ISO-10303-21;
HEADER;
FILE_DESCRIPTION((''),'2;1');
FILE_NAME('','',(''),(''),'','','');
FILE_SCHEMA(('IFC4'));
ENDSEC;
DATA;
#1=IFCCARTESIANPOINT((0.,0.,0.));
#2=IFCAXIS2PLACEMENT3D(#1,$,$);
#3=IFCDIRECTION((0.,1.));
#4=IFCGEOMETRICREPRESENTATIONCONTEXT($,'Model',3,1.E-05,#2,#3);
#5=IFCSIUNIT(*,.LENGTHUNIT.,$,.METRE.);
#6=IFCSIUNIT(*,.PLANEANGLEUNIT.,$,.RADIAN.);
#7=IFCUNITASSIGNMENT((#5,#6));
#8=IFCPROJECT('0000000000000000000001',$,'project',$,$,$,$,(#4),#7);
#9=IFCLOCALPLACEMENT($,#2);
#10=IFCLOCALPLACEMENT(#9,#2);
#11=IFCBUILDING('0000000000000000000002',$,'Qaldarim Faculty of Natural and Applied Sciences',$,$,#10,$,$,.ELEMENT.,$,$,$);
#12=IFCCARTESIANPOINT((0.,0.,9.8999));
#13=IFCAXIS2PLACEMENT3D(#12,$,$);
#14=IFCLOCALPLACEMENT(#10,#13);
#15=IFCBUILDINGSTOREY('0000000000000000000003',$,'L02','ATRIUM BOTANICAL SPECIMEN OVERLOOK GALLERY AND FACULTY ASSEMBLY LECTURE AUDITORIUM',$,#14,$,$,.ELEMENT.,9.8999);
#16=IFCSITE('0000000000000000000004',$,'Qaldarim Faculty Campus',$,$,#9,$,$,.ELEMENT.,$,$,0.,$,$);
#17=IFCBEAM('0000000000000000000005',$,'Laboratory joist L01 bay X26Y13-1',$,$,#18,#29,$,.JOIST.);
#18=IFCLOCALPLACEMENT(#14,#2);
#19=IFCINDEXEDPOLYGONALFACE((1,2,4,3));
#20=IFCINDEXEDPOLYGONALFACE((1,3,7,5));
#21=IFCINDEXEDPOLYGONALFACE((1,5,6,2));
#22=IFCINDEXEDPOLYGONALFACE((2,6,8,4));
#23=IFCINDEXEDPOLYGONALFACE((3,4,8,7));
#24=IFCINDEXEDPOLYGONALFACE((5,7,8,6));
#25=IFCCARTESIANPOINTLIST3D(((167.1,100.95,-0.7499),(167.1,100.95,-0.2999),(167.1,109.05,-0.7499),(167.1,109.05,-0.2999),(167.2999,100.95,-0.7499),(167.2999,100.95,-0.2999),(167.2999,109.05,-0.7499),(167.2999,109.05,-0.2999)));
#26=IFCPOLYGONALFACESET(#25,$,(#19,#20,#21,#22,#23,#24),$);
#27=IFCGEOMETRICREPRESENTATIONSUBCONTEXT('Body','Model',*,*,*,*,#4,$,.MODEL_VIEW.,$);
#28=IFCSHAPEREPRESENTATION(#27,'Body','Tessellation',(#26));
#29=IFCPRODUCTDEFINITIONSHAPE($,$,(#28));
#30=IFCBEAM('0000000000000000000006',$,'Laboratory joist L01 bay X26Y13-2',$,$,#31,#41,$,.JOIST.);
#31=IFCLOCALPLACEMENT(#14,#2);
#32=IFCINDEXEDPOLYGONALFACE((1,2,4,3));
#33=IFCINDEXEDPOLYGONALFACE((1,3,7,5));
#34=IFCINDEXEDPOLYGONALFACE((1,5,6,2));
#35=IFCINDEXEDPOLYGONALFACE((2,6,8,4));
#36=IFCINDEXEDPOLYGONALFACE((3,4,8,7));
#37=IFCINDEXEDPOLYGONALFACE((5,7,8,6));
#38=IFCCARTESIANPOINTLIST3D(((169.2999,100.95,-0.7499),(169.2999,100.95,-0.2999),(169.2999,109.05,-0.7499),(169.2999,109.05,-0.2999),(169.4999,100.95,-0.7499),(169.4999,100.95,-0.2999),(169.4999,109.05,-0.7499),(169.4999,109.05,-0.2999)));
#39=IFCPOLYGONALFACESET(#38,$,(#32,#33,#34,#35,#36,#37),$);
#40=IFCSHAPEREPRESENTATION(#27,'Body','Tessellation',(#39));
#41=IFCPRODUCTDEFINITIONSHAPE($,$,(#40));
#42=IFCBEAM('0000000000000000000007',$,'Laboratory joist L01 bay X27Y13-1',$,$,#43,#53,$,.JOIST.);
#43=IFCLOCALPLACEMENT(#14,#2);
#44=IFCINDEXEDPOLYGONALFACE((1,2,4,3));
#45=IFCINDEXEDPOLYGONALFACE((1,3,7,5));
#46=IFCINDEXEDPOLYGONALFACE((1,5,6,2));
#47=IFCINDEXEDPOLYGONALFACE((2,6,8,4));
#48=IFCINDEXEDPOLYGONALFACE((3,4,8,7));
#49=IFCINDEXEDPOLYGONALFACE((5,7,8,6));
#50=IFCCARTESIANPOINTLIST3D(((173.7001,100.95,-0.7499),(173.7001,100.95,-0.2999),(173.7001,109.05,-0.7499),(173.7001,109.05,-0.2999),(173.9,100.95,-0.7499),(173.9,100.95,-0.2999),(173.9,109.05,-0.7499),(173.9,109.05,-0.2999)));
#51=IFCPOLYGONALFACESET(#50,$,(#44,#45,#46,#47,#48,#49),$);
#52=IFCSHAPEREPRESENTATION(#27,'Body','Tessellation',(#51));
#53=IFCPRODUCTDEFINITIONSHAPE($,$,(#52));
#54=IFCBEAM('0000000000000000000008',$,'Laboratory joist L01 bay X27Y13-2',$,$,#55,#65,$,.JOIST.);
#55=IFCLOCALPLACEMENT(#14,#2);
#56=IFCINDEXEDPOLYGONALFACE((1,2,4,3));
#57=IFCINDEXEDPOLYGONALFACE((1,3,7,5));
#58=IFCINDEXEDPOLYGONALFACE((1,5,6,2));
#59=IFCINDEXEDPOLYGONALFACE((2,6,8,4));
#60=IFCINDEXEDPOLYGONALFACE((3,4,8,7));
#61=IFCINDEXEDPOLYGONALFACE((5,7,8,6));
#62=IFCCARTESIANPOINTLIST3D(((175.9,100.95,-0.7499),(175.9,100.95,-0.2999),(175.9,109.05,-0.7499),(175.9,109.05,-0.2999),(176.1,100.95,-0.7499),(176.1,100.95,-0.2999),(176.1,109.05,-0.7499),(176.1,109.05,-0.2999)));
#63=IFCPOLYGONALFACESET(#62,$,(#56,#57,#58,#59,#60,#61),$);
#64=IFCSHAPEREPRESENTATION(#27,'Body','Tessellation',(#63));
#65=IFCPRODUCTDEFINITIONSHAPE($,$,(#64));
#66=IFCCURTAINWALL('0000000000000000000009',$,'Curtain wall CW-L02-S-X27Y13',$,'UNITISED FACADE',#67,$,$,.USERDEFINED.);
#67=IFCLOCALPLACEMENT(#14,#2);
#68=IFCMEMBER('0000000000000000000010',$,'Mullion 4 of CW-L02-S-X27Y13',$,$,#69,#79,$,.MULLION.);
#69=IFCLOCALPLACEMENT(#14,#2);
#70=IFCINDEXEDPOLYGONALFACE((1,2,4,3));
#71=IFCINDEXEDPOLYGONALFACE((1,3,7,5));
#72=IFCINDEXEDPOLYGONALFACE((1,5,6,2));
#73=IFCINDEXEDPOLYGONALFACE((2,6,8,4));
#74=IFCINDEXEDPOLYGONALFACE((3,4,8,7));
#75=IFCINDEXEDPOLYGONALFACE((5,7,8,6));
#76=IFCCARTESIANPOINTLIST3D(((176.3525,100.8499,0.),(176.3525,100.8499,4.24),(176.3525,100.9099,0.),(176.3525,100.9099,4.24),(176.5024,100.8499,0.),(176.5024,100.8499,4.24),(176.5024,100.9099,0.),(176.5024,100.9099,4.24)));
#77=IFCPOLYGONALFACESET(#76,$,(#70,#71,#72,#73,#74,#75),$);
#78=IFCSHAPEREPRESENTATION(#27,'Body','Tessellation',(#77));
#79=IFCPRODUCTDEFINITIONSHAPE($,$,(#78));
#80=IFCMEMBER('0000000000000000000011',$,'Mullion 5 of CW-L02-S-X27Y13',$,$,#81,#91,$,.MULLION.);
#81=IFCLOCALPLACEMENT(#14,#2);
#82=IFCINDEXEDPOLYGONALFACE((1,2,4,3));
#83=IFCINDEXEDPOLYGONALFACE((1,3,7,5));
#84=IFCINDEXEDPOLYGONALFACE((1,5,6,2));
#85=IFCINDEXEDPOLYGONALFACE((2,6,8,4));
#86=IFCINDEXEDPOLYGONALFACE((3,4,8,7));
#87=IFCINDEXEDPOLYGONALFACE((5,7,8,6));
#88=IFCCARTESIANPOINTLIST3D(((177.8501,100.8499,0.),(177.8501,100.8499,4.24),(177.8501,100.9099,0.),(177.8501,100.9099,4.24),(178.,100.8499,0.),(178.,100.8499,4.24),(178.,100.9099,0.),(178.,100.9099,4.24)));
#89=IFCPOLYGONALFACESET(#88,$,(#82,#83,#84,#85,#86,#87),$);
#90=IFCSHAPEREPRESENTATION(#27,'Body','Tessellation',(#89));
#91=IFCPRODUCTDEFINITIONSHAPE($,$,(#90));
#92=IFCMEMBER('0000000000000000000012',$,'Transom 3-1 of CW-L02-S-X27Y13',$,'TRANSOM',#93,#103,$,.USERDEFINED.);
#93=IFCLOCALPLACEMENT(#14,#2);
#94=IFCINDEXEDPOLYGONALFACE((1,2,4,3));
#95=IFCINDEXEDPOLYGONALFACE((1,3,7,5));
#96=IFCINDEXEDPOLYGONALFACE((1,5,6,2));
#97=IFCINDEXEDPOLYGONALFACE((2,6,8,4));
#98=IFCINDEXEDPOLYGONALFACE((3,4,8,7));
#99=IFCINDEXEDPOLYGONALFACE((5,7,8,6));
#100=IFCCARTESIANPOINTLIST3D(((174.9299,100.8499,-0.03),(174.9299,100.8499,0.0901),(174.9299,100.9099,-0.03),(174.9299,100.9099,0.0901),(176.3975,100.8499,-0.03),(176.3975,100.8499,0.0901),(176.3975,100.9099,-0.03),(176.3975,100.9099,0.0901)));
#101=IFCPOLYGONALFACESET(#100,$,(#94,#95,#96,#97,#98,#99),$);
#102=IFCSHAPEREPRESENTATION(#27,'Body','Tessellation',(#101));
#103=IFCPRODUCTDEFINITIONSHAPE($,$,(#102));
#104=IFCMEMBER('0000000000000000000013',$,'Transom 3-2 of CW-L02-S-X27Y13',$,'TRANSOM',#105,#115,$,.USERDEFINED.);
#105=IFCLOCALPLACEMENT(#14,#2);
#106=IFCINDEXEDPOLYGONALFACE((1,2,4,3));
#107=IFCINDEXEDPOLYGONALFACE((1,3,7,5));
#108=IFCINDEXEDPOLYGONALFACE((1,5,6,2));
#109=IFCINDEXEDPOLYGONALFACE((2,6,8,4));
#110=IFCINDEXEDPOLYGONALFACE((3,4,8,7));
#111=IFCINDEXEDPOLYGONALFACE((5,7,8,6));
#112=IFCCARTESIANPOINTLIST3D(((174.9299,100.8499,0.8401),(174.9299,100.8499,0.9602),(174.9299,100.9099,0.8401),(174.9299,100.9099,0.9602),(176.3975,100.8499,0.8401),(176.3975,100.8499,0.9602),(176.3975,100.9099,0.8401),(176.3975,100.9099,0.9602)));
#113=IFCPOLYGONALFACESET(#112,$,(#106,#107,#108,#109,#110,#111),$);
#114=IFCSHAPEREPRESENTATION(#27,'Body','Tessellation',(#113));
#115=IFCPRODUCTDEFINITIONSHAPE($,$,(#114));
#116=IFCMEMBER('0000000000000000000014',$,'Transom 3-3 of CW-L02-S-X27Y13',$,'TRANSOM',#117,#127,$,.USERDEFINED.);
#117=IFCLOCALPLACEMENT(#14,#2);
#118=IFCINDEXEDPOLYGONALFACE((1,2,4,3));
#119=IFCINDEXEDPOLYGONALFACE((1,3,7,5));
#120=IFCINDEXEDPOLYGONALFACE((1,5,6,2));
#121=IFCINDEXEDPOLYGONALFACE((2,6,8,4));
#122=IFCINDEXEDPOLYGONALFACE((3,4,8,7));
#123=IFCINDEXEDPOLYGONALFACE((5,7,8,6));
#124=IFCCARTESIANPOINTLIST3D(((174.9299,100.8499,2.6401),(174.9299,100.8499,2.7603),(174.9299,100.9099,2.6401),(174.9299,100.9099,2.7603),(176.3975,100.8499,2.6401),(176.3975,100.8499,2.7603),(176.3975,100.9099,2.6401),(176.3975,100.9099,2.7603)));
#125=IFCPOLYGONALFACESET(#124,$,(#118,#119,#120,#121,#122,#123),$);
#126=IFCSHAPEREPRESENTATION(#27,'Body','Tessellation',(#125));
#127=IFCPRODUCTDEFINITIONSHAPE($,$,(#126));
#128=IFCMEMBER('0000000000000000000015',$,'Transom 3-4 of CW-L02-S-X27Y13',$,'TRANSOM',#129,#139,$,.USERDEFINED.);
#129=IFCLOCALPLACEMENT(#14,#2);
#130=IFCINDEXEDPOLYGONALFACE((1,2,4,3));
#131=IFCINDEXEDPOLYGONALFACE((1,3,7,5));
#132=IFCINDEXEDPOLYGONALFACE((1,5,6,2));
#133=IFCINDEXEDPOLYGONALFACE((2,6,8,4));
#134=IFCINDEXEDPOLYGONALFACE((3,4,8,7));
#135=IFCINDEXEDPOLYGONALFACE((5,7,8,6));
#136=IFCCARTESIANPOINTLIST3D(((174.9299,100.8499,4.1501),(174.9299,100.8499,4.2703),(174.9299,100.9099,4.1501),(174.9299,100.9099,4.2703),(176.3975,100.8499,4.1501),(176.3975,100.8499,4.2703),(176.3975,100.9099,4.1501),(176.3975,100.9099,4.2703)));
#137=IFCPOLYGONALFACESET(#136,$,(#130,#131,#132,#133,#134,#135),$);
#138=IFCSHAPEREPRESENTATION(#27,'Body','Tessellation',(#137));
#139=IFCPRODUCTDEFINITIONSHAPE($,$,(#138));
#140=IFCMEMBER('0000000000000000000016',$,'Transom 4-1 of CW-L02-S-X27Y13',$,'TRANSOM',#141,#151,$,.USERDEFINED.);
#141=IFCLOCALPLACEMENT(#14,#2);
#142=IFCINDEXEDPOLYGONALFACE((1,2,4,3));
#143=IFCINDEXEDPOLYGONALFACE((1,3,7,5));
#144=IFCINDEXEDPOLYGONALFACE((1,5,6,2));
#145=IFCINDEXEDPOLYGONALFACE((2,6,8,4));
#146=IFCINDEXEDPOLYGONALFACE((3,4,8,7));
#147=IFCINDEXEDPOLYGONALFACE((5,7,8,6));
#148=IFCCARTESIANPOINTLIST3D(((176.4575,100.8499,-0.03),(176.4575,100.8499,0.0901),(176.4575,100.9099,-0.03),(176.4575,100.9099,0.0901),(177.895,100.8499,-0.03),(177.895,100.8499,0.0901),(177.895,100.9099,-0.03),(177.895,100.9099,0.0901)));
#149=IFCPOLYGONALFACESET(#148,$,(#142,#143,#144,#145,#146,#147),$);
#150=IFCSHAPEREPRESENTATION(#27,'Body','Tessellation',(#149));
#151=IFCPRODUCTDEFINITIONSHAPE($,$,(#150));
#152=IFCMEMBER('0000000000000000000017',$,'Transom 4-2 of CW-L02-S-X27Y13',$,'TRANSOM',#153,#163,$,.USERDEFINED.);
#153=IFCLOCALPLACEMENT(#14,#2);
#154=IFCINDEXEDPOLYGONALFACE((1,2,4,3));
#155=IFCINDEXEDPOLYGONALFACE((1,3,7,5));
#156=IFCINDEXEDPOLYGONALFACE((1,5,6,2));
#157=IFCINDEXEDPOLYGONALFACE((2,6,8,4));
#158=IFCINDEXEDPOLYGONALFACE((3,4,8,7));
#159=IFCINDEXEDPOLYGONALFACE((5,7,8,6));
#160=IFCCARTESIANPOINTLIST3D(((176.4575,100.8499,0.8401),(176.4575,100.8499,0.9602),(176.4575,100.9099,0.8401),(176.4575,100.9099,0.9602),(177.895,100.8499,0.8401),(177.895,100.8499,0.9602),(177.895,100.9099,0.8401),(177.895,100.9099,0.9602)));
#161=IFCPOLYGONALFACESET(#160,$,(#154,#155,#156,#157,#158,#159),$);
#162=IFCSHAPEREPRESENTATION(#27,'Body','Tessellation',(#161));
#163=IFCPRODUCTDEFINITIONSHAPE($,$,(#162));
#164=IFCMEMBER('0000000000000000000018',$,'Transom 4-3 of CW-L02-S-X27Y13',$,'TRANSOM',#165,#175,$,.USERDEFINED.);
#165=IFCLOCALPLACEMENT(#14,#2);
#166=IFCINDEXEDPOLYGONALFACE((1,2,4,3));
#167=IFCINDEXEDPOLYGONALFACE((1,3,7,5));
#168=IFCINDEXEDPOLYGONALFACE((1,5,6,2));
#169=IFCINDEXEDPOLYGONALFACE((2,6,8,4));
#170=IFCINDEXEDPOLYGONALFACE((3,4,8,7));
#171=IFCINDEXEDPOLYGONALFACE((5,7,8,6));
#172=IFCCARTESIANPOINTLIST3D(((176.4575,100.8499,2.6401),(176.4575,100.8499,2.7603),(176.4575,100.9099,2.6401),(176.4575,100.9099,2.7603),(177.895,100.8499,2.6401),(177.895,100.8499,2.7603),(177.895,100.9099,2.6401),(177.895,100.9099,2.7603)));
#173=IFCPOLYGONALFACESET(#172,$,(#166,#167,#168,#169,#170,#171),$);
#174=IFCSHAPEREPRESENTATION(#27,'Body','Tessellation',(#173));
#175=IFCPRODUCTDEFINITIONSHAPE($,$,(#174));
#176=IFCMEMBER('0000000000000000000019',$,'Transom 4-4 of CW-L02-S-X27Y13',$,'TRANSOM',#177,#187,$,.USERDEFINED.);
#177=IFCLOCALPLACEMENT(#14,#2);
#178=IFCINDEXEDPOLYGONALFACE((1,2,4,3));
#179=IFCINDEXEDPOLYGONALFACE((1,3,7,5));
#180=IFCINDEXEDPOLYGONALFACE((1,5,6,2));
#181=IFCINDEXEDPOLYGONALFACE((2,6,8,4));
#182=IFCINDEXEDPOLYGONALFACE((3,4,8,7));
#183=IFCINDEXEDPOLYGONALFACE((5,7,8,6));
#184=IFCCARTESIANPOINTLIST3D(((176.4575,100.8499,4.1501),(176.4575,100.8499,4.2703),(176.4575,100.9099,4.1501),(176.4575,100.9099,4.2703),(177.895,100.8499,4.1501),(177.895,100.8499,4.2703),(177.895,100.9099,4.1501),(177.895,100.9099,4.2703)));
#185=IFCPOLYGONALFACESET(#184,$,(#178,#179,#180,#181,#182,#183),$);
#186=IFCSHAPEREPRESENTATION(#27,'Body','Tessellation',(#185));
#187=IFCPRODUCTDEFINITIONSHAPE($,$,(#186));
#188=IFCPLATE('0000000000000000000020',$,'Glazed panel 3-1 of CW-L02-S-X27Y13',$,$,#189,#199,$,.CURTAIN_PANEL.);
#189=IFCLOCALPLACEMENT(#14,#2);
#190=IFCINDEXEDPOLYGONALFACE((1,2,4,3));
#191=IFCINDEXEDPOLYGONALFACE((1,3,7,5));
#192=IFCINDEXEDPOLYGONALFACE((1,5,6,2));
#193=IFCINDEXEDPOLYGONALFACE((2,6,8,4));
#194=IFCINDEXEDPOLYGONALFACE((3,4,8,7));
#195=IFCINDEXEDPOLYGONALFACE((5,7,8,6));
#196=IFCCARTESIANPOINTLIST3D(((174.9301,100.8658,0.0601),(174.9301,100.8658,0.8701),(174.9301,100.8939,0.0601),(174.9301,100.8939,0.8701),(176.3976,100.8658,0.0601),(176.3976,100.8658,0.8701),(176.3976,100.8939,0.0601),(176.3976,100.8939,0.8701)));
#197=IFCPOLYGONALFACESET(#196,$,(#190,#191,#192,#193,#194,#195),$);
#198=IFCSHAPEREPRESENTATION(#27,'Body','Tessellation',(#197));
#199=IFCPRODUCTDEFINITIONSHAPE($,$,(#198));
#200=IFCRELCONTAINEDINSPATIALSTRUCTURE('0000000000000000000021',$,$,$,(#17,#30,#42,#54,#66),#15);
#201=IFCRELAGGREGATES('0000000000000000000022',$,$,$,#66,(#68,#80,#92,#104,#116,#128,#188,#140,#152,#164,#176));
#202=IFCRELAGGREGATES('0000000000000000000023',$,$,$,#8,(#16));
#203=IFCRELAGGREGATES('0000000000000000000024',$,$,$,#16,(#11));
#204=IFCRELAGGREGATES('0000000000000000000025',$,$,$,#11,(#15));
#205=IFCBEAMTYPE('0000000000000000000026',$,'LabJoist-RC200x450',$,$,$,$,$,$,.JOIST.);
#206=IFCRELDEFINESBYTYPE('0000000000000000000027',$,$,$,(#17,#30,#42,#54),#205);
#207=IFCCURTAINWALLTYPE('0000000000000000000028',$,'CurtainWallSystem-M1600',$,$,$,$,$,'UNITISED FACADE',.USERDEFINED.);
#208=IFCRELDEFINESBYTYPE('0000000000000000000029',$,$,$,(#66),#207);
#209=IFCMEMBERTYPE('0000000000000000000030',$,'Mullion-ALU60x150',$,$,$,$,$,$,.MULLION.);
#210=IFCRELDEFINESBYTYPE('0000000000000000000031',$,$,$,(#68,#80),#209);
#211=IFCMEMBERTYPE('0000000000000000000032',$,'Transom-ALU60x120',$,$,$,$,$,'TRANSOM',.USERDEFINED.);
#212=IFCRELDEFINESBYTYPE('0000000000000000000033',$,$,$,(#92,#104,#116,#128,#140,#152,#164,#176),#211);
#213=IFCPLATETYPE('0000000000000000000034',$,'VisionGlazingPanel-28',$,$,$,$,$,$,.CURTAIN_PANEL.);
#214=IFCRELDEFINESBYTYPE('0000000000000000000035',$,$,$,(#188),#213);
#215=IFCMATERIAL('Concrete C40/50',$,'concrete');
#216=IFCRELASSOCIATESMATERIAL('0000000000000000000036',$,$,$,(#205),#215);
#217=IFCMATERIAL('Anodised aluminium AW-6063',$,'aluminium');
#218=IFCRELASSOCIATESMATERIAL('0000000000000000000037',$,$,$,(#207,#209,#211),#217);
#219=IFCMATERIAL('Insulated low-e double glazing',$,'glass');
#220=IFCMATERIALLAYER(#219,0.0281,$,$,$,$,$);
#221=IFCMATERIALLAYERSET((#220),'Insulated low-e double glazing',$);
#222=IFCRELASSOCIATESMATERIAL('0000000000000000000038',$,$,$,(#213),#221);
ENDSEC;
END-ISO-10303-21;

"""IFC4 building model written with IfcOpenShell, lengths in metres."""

from ifc_helpers import new_model, si_unit, direction, frame, origin, origin_2d, place, context, subcontext, project, spatial, rectangle, extrude, material, layer, layer_set, material_profile, profile_set, type_object, element, aggregate, save


model = new_model("IFC4")

# Units and contexts
model_context = context("Model", 3, precision=1e-05, world=origin(), true_north=direction((0.0, 1.0)))
body_context = subcontext(model_context, "Body", "Model", "MODEL_VIEW")
ifc_project = project(units=[si_unit("LENGTHUNIT", "METRE"), si_unit("PLANEANGLEUNIT", "RADIAN")], contexts=[model_context])

# Site, building, storey
site_placement = place(None, origin())
site = spatial("IfcSite", under=ifc_project, at=site_placement, Name="Qaldarim Faculty Campus", CompositionType="ELEMENT", RefElevation=0.0)
building_placement = place(site_placement, origin())
building = spatial("IfcBuilding", under=site, at=building_placement, Name="Qaldarim Faculty of Natural and Applied Sciences", CompositionType="ELEMENT")
storey_placement = place(building_placement, frame((0.0, 0.0, 9.8999)))
storey = spatial("IfcBuildingStorey", under=building, at=storey_placement, Name="L02", Description="ATRIUM BOTANICAL SPECIMEN OVERLOOK GALLERY AND FACULTY ASSEMBLY LECTURE AUDITORIUM", CompositionType="ELEMENT", Elevation=9.8999)

# Beams
ifc_material_1 = material(Name="Concrete C40/50", Category="concrete")
ifc_material_profile_1 = material_profile(ifc_material_1, rectangle(XDim=0.2, YDim=0.45, at=origin_2d()), Name="RC-J200x450")
ifc_profile_set_1 = profile_set([ifc_material_profile_1], Name="Concrete C40/50")
beam_type = type_object("IfcBeamType", Name="LabJoist-RC200x450", PredefinedType="JOIST", material=ifc_profile_set_1)
for number, where, z_axis, x_axis, name in (
    (1, (167.2, 100.95, -0.5249), (0.0, 1.0, 0.0), (-1.0, 0.0, 0.0), "Laboratory joist L01 bay X26Y13-1"),
    (2, (169.3999, 100.95, -0.5249), (0.0, 1.0, 0.0), (-1.0, 0.0, 0.0), "Laboratory joist L01 bay X26Y13-2"),
    (3, (173.8, 100.95, -0.5249), (0.0, 1.0, 0.0), (-1.0, 0.0, 0.0), "Laboratory joist L01 bay X27Y13-1"),
    (4, (176.0, 100.95, -0.5249), (0.0, 1.0, 0.0), (-1.0, 0.0, 0.0), "Laboratory joist L01 bay X27Y13-2"),
):
    element("IfcBeam", number, at=place(storey_placement, frame(where, z_axis=z_axis, x_axis=x_axis)), inside=storey, type_object=beam_type, Name=name, PredefinedType="JOIST", context=body_context, shape_type="SweptSolid", body=[
        extrude(rectangle(XDim=0.2, YDim=0.45, at=origin_2d()), origin(), (0.0, 0.0, 1.0), 8.1001),
    ])

# Curtain wall, members, plate
ifc_material_2 = material(Name="Anodised aluminium AW-6063", Category="aluminium")
curtain_wall_type = type_object("IfcCurtainWallType", Name="CurtainWallSystem-M1600", ElementType="UNITISED FACADE", PredefinedType="USERDEFINED", material=ifc_material_2)
curtain_wall_placement = place(storey_placement, origin())
curtain_wall = element("IfcCurtainWall", 5, at=curtain_wall_placement, inside=storey, type_object=curtain_wall_type, Name="Curtain wall CW-L02-S-X27Y13", ObjectType="UNITISED FACADE", PredefinedType="USERDEFINED")
ifc_material_profile_2 = material_profile(ifc_material_2, rectangle(XDim=0.0601, YDim=0.1499, at=origin_2d()), Name="ALU-M60x150")
ifc_profile_set_2 = profile_set([ifc_material_profile_2], Name="Anodised aluminium AW-6063")
member_type_1 = type_object("IfcMemberType", Name="Mullion-ALU60x150", PredefinedType="MULLION", material=ifc_profile_set_2)
member_1_placement = place(storey_placement, frame((176.4275, 100.8799, 0.0), z_axis=(0.0, 0.0, 1.0), x_axis=(0.0, 1.0, 0.0)))
member_1 = element("IfcMember", 6, at=member_1_placement, type_object=member_type_1, Name="Mullion 4 of CW-L02-S-X27Y13", PredefinedType="MULLION", context=body_context, shape_type="SweptSolid", body=[
    extrude(rectangle(XDim=0.0601, YDim=0.1499, at=origin_2d()), origin(), (0.0, 0.0, 1.0), 4.24),
])
member_2_placement = place(storey_placement, frame((177.925, 100.8799, 0.0), z_axis=(0.0, 0.0, 1.0), x_axis=(0.0, 1.0, 0.0)))
member_2 = element("IfcMember", 7, at=member_2_placement, type_object=member_type_1, Name="Mullion 5 of CW-L02-S-X27Y13", PredefinedType="MULLION", context=body_context, shape_type="SweptSolid", body=[
    extrude(rectangle(XDim=0.0601, YDim=0.1499, at=origin_2d()), origin(), (0.0, 0.0, 1.0), 4.24),
])
ifc_material_profile_3 = material_profile(ifc_material_2, rectangle(XDim=0.0601, YDim=0.1201, at=origin_2d()), Name="ALU-T60x120")
ifc_profile_set_3 = profile_set([ifc_material_profile_3], Name="Anodised aluminium AW-6063")
member_type_2 = type_object("IfcMemberType", Name="Transom-ALU60x120", ElementType="TRANSOM", PredefinedType="USERDEFINED", material=ifc_profile_set_3)
member_3_placement = place(storey_placement, frame((174.9299, 100.8799, 0.03), z_axis=(1.0, 0.0, 0.0), x_axis=(0.0, 1.0, 0.0)))
member_3 = element("IfcMember", 8, at=member_3_placement, type_object=member_type_2, Name="Transom 3-1 of CW-L02-S-X27Y13", ObjectType="TRANSOM", PredefinedType="USERDEFINED", context=body_context, shape_type="SweptSolid", body=[
    extrude(rectangle(XDim=0.0601, YDim=0.1201, at=origin_2d()), origin(), (0.0, 0.0, 1.0), 1.4675),
])
member_4_placement = place(storey_placement, frame((174.9299, 100.8799, 0.9001), z_axis=(1.0, 0.0, 0.0), x_axis=(0.0, 1.0, 0.0)))
member_4 = element("IfcMember", 9, at=member_4_placement, type_object=member_type_2, Name="Transom 3-2 of CW-L02-S-X27Y13", ObjectType="TRANSOM", PredefinedType="USERDEFINED", context=body_context, shape_type="SweptSolid", body=[
    extrude(rectangle(XDim=0.0601, YDim=0.1201, at=origin_2d()), origin(), (0.0, 0.0, 1.0), 1.4675),
])
member_5_placement = place(storey_placement, frame((174.9299, 100.8799, 2.7002), z_axis=(1.0, 0.0, 0.0), x_axis=(0.0, 1.0, 0.0)))
member_5 = element("IfcMember", 10, at=member_5_placement, type_object=member_type_2, Name="Transom 3-3 of CW-L02-S-X27Y13", ObjectType="TRANSOM", PredefinedType="USERDEFINED", context=body_context, shape_type="SweptSolid", body=[
    extrude(rectangle(XDim=0.0601, YDim=0.1201, at=origin_2d()), origin(), (0.0, 0.0, 1.0), 1.4675),
])
member_6_placement = place(storey_placement, frame((174.9299, 100.8799, 4.2102), z_axis=(1.0, 0.0, 0.0), x_axis=(0.0, 1.0, 0.0)))
member_6 = element("IfcMember", 11, at=member_6_placement, type_object=member_type_2, Name="Transom 3-4 of CW-L02-S-X27Y13", ObjectType="TRANSOM", PredefinedType="USERDEFINED", context=body_context, shape_type="SweptSolid", body=[
    extrude(rectangle(XDim=0.0601, YDim=0.1201, at=origin_2d()), origin(), (0.0, 0.0, 1.0), 1.4675),
])
member_7_placement = place(storey_placement, frame((176.4575, 100.8799, 0.03), z_axis=(1.0, 0.0, 0.0), x_axis=(0.0, 1.0, 0.0)))
member_7 = element("IfcMember", 12, at=member_7_placement, type_object=member_type_2, Name="Transom 4-1 of CW-L02-S-X27Y13", ObjectType="TRANSOM", PredefinedType="USERDEFINED", context=body_context, shape_type="SweptSolid", body=[
    extrude(rectangle(XDim=0.0601, YDim=0.1201, at=origin_2d()), origin(), (0.0, 0.0, 1.0), 1.4375),
])
member_8_placement = place(storey_placement, frame((176.4575, 100.8799, 0.9001), z_axis=(1.0, 0.0, 0.0), x_axis=(0.0, 1.0, 0.0)))
member_8 = element("IfcMember", 13, at=member_8_placement, type_object=member_type_2, Name="Transom 4-2 of CW-L02-S-X27Y13", ObjectType="TRANSOM", PredefinedType="USERDEFINED", context=body_context, shape_type="SweptSolid", body=[
    extrude(rectangle(XDim=0.0601, YDim=0.1201, at=origin_2d()), origin(), (0.0, 0.0, 1.0), 1.4375),
])
member_9_placement = place(storey_placement, frame((176.4575, 100.8799, 2.7002), z_axis=(1.0, 0.0, 0.0), x_axis=(0.0, 1.0, 0.0)))
member_9 = element("IfcMember", 14, at=member_9_placement, type_object=member_type_2, Name="Transom 4-3 of CW-L02-S-X27Y13", ObjectType="TRANSOM", PredefinedType="USERDEFINED", context=body_context, shape_type="SweptSolid", body=[
    extrude(rectangle(XDim=0.0601, YDim=0.1201, at=origin_2d()), origin(), (0.0, 0.0, 1.0), 1.4375),
])
member_10_placement = place(storey_placement, frame((176.4575, 100.8799, 4.2102), z_axis=(1.0, 0.0, 0.0), x_axis=(0.0, 1.0, 0.0)))
member_10 = element("IfcMember", 15, at=member_10_placement, type_object=member_type_2, Name="Transom 4-4 of CW-L02-S-X27Y13", ObjectType="TRANSOM", PredefinedType="USERDEFINED", context=body_context, shape_type="SweptSolid", body=[
    extrude(rectangle(XDim=0.0601, YDim=0.1201, at=origin_2d()), origin(), (0.0, 0.0, 1.0), 1.4375),
])
ifc_material_3 = material(Name="Insulated low-e double glazing", Category="glass")
ifc_layer_1 = layer(ifc_material_3, 0.0281)
ifc_layer_set_1 = layer_set([ifc_layer_1], Name="Insulated low-e double glazing")
plate_type = type_object("IfcPlateType", Name="VisionGlazingPanel-28", PredefinedType="CURTAIN_PANEL", material=ifc_layer_set_1)
plate_1_placement = place(storey_placement, frame((175.6638, 100.8799, 0.0601), z_axis=(0.0, 0.0, 1.0), x_axis=(1.0, 0.0, 0.0)))
plate_1 = element("IfcPlate", 16, at=plate_1_placement, type_object=plate_type, Name="Glazed panel 3-1 of CW-L02-S-X27Y13", PredefinedType="CURTAIN_PANEL", context=body_context, shape_type="SweptSolid", body=[
    extrude(rectangle(XDim=1.4675, YDim=0.0281, at=origin_2d()), origin(), (0.0, 0.0, 1.0), 0.8101),
])
aggregate(curtain_wall, [member_1, member_2, member_3, member_4, member_5, member_6, plate_1, member_7, member_8, member_9, member_10])

save(model, "model.ifc")
